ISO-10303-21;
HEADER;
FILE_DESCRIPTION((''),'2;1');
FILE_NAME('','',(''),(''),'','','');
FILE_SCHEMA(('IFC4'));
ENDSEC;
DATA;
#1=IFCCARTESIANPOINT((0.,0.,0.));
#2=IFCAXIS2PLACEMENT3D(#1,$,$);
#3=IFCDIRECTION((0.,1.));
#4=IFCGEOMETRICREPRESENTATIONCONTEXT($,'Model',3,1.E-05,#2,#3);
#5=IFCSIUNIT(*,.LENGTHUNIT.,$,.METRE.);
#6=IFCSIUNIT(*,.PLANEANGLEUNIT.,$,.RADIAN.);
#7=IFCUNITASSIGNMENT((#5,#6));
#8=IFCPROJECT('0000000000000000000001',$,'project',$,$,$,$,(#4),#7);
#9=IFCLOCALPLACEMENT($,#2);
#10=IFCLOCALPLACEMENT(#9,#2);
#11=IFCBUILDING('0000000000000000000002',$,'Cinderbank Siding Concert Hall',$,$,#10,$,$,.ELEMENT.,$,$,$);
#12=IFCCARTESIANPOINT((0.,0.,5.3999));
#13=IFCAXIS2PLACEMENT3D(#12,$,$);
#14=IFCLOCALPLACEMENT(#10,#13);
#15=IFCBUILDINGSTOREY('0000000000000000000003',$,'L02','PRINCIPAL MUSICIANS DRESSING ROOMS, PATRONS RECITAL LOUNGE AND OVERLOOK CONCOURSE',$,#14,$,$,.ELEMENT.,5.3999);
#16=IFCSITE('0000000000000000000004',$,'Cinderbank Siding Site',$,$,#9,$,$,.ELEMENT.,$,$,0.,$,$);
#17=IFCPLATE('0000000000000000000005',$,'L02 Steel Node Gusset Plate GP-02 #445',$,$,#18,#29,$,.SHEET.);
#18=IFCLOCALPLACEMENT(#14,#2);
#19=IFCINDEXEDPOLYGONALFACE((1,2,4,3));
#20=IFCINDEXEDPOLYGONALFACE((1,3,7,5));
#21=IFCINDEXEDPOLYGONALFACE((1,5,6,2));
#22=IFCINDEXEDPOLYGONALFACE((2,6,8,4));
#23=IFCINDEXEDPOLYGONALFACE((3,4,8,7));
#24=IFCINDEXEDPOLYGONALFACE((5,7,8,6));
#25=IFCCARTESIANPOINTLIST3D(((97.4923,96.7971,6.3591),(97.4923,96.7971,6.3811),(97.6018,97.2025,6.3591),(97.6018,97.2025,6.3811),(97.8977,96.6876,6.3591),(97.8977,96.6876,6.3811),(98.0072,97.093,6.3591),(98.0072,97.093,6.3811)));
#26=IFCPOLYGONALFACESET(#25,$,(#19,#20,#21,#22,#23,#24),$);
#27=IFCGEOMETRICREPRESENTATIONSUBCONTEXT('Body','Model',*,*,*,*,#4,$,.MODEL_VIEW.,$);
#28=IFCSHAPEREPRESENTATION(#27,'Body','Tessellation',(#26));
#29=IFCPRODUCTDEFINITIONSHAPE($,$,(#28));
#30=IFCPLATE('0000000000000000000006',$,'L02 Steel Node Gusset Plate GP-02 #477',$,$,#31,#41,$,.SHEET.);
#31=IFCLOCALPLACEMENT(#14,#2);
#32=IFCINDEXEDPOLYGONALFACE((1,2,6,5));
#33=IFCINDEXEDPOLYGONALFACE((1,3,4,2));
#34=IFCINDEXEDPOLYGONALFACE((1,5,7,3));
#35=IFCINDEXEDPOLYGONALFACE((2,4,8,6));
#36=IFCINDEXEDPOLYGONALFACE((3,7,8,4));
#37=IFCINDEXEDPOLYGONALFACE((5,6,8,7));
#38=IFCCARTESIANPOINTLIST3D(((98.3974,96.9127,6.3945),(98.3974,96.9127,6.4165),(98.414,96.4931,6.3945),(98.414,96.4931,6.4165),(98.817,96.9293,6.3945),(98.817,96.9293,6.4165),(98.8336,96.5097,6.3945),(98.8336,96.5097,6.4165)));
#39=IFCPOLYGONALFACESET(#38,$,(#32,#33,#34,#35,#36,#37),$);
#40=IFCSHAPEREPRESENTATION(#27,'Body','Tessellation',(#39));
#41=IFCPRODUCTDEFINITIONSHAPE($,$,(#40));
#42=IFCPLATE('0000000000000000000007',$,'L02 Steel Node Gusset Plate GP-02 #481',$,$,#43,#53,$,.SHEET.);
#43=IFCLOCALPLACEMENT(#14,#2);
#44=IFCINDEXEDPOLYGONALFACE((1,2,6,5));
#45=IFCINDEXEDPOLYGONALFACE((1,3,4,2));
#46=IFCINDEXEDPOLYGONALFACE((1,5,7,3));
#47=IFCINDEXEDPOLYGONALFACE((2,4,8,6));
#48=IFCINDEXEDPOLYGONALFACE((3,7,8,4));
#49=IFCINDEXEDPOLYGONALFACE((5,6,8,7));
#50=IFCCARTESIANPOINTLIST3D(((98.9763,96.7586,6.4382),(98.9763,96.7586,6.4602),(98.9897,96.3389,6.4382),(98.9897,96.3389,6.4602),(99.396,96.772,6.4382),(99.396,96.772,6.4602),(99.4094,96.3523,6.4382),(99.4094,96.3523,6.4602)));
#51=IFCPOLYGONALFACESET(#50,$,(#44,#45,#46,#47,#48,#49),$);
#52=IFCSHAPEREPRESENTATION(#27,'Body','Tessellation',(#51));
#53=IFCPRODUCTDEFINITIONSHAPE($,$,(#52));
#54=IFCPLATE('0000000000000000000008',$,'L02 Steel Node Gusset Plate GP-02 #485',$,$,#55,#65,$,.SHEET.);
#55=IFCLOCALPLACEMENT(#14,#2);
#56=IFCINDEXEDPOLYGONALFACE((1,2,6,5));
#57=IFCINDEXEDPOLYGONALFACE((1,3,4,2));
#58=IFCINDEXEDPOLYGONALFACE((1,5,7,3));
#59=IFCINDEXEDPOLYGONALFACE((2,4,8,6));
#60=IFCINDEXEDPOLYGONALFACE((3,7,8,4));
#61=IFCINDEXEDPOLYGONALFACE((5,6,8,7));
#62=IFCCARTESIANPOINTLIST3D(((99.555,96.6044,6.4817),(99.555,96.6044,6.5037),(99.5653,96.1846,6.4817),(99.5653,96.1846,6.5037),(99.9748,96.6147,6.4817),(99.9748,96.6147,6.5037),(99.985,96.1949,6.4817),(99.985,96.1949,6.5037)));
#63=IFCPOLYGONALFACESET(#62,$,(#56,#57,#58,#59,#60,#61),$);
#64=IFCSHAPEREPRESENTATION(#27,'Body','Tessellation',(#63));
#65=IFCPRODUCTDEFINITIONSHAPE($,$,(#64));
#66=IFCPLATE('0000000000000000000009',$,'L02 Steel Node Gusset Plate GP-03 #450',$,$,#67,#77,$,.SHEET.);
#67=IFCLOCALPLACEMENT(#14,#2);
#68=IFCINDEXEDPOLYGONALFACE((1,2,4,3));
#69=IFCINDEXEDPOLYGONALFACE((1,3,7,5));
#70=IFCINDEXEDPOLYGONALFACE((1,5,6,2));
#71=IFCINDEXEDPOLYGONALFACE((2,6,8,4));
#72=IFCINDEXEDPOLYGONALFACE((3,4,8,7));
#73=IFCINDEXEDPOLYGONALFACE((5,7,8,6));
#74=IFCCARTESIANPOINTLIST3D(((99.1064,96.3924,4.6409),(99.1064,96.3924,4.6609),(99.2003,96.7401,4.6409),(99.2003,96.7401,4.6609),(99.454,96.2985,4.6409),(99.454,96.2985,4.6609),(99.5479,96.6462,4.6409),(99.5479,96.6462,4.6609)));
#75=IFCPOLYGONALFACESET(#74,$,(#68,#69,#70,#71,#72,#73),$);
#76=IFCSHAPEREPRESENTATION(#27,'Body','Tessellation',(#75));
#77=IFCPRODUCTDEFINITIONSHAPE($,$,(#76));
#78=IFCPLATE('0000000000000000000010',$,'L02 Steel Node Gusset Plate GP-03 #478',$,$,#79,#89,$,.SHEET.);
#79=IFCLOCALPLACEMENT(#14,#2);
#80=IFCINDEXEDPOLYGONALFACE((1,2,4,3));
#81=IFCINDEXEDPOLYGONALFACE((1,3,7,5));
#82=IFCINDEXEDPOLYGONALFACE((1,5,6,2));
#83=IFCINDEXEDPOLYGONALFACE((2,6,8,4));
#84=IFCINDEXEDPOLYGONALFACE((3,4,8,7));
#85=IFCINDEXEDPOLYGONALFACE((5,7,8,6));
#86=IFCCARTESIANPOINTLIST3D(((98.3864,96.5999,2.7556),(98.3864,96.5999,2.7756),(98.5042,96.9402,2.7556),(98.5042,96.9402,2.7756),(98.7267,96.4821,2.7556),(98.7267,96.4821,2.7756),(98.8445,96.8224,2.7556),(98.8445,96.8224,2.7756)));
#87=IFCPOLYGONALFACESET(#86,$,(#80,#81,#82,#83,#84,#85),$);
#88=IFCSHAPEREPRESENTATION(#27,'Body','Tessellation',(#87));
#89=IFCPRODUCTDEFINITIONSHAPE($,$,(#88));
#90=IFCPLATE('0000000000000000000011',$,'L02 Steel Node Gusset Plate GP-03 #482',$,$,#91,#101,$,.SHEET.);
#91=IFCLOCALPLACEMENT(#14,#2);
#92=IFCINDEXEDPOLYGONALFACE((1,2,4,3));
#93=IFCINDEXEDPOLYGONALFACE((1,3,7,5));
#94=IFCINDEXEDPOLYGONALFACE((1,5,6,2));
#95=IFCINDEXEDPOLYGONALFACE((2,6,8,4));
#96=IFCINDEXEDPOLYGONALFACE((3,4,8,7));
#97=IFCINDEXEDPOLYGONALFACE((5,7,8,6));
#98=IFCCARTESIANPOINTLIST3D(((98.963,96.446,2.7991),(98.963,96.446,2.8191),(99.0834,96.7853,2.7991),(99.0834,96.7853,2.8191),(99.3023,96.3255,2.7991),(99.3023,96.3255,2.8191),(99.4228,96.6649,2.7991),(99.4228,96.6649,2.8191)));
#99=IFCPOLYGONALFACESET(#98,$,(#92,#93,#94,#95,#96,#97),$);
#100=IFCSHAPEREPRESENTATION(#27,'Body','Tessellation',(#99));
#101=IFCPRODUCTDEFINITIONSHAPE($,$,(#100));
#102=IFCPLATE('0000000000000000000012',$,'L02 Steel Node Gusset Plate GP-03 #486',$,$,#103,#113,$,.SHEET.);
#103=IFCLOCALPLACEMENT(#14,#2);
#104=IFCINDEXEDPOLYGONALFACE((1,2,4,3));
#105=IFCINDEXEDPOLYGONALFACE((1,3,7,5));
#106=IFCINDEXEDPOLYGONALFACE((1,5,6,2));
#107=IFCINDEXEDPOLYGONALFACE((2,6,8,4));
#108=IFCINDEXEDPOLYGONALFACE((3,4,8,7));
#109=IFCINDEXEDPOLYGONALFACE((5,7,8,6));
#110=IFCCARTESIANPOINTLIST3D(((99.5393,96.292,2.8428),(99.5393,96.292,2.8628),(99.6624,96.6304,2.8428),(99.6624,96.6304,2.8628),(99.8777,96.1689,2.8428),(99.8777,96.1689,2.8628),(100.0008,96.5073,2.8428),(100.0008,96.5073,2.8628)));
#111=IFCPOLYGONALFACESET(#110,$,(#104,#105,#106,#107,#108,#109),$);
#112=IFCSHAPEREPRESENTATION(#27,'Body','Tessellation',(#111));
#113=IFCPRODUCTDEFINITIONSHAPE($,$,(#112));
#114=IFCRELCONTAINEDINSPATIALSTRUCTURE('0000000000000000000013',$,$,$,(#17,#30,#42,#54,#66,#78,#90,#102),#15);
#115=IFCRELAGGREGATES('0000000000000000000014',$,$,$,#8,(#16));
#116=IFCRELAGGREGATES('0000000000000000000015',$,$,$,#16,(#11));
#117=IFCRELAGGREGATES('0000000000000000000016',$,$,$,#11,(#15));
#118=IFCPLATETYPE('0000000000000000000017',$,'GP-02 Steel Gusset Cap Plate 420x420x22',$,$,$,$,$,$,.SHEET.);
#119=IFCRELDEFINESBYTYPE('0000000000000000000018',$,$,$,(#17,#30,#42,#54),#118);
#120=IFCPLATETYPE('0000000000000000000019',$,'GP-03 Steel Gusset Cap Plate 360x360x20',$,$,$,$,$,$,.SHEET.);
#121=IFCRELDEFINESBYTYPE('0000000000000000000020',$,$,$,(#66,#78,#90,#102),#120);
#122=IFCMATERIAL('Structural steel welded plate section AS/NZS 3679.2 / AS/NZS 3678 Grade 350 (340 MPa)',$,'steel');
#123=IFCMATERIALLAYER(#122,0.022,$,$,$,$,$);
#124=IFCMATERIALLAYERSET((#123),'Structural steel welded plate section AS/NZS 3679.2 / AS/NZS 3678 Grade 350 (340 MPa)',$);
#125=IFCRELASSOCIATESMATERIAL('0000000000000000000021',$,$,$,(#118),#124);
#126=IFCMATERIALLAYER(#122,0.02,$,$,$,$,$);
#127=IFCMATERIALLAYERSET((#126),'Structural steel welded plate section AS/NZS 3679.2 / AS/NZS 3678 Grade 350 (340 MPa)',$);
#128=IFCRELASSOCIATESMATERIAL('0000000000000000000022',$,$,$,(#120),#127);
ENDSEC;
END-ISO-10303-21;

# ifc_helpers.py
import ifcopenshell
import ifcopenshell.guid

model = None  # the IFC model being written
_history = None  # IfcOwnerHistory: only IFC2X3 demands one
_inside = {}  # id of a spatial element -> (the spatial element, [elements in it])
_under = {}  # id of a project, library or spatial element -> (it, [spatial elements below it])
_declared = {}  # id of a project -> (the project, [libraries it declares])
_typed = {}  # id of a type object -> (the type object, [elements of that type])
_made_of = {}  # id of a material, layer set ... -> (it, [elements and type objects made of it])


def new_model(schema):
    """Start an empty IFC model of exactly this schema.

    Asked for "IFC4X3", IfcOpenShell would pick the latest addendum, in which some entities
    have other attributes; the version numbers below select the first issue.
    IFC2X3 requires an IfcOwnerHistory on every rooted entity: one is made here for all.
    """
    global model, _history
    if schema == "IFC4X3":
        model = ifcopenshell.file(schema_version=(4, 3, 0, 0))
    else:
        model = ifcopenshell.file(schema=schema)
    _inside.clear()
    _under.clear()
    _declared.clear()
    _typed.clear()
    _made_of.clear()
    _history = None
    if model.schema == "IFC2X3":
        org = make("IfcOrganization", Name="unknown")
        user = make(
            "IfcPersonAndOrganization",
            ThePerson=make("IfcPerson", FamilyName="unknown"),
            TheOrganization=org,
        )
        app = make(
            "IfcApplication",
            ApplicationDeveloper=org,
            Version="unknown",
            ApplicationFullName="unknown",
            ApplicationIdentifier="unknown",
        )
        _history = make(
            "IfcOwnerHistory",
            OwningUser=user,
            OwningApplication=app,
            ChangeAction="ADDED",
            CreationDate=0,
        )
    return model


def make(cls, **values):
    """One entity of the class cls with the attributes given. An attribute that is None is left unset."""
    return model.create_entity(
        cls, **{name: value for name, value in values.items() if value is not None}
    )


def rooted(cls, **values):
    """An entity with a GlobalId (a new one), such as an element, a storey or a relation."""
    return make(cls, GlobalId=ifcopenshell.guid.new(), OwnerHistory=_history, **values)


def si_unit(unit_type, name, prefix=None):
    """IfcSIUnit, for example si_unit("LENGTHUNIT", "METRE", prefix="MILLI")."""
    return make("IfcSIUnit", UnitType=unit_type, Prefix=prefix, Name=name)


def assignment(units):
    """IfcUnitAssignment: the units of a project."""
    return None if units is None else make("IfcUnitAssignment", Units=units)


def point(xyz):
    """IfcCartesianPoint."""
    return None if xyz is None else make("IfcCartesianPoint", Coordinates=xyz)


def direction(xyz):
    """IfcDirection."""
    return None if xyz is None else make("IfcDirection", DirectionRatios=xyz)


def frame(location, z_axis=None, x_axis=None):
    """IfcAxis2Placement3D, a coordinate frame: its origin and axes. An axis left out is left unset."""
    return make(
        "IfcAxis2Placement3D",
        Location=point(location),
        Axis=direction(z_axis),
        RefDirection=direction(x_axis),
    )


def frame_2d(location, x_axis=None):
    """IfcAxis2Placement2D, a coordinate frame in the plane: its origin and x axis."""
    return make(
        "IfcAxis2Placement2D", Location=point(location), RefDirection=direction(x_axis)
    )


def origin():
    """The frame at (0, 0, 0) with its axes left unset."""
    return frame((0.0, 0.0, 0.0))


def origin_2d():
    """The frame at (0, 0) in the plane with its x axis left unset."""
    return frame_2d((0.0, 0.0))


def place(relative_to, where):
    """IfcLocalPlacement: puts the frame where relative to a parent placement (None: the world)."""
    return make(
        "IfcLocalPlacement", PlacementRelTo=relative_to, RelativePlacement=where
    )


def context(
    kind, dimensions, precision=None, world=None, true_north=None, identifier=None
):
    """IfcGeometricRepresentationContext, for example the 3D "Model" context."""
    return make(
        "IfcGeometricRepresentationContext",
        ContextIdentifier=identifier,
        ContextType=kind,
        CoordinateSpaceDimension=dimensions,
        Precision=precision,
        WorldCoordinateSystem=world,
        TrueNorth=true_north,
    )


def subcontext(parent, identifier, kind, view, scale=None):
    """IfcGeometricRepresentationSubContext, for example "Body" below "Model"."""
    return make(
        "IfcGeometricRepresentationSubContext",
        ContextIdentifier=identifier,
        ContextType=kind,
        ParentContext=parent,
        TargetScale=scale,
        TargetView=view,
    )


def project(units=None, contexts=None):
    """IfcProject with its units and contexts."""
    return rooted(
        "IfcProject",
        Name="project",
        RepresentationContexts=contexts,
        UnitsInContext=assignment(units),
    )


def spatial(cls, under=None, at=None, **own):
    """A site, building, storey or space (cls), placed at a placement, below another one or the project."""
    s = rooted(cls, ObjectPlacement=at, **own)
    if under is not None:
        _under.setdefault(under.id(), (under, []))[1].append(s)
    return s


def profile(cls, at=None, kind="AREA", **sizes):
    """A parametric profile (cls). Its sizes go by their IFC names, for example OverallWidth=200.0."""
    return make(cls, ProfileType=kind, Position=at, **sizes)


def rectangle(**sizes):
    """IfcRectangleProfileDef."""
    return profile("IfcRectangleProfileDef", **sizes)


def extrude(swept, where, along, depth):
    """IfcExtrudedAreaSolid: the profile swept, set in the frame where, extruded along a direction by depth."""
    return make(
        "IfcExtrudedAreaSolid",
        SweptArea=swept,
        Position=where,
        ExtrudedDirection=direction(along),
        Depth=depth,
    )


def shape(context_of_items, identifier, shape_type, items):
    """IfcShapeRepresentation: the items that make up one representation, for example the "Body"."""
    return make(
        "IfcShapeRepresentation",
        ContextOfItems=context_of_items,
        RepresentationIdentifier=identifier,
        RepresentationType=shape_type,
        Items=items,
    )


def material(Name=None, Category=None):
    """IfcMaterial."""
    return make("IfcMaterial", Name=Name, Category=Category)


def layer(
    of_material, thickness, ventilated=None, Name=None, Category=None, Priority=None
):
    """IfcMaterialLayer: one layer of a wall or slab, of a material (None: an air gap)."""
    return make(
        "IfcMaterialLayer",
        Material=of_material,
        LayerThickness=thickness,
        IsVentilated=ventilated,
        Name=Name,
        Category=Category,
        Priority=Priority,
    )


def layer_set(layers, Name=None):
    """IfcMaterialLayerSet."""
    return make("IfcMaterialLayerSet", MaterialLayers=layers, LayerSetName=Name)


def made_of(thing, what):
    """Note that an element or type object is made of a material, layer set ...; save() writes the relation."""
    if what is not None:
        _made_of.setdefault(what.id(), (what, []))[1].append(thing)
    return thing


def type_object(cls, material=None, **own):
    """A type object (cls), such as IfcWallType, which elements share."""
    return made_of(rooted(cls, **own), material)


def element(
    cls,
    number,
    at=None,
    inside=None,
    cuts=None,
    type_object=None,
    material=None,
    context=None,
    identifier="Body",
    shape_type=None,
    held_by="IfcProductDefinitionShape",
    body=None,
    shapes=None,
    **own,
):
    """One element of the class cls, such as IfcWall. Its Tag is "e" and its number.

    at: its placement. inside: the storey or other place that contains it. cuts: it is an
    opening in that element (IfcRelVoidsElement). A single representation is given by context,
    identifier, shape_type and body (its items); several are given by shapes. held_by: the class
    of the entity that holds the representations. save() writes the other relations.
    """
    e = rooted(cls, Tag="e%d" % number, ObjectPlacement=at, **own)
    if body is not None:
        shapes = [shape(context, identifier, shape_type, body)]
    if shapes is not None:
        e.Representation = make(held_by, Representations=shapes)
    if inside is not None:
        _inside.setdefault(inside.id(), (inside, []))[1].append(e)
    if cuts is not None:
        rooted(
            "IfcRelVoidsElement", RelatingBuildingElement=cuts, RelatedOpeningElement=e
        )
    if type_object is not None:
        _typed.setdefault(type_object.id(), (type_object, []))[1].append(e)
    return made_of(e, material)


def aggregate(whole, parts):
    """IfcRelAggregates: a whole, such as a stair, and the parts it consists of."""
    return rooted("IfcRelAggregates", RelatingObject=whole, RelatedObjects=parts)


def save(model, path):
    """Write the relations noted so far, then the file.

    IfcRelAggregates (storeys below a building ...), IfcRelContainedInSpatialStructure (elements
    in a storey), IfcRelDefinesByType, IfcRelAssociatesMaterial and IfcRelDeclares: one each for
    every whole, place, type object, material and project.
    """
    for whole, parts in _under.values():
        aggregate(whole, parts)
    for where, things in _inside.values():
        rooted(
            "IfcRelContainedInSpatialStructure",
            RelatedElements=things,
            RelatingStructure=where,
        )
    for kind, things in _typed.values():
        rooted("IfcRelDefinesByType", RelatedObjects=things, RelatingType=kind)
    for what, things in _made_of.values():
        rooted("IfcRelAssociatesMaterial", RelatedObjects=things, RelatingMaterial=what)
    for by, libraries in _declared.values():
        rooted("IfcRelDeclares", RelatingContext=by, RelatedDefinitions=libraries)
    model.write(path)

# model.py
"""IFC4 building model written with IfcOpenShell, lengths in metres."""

from ifc_helpers import new_model, si_unit, direction, frame, origin, origin_2d, place, context, subcontext, project, spatial, rectangle, extrude, material, layer, layer_set, type_object, element, save


model = new_model("IFC4")

# Units and contexts
model_context = context("Model", 3, precision=1e-05, world=origin(), true_north=direction((0.0, 1.0)))
body_context = subcontext(model_context, "Body", "Model", "MODEL_VIEW")
ifc_project = project(units=[si_unit("LENGTHUNIT", "METRE"), si_unit("PLANEANGLEUNIT", "RADIAN")], contexts=[model_context])

# Site, building, storey
site_placement = place(None, origin())
site = spatial("IfcSite", under=ifc_project, at=site_placement, Name="Cinderbank Siding Site", CompositionType="ELEMENT", RefElevation=0.0)
building_placement = place(site_placement, origin())
building = spatial("IfcBuilding", under=site, at=building_placement, Name="Cinderbank Siding Concert Hall", CompositionType="ELEMENT")
storey_placement = place(building_placement, frame((0.0, 0.0, 5.3999)))
storey = spatial("IfcBuildingStorey", under=building, at=storey_placement, Name="L02", Description="PRINCIPAL MUSICIANS DRESSING ROOMS, PATRONS RECITAL LOUNGE AND OVERLOOK CONCOURSE", CompositionType="ELEMENT", Elevation=5.3999)

# Plates
ifc_material_1 = material(Name="Structural steel welded plate section AS/NZS 3679.2 / AS/NZS 3678 Grade 350 (340 MPa)", Category="steel")
ifc_layer_1 = layer(ifc_material_1, 0.022)
ifc_layer_set_1 = layer_set([ifc_layer_1], Name="Structural steel welded plate section AS/NZS 3679.2 / AS/NZS 3678 Grade 350 (340 MPa)")
plate_type_1 = type_object("IfcPlateType", Name="GP-02 Steel Gusset Cap Plate 420x420x22", PredefinedType="SHEET", material=ifc_layer_set_1)
for number, where, z_axis, x_axis, name in (
    (1, (97.7498, 96.9451, 6.3591), (0.0, 0.0, 1.0), (0.965427, -0.260673, 0.0), "L02 Steel Node Gusset Plate GP-02 #445"),
    (2, (98.6155, 96.7112, 6.3945), (0.0, 0.0, 1.0), (0.039434, -0.999222, 0.0), "L02 Steel Node Gusset Plate GP-02 #477"),
    (3, (99.1929, 96.5554, 6.4382), (0.0, 0.0, 1.0), (0.031934, -0.99949, 0.0), "L02 Steel Node Gusset Plate GP-02 #481"),
    (4, (99.77, 96.3997, 6.4817), (0.0, 0.0, 1.0), (0.024432, -0.999701, 0.0), "L02 Steel Node Gusset Plate GP-02 #485"),
):
    element("IfcPlate", number, at=place(storey_placement, frame(where, z_axis=z_axis, x_axis=x_axis)), inside=storey, type_object=plate_type_1, Name=name, PredefinedType="SHEET", context=body_context, shape_type="SweptSolid", body=[
        extrude(rectangle(XDim=0.4199, YDim=0.4199, at=origin_2d()), origin(), (0.0, 0.0, 1.0), 0.022),
    ])
ifc_layer_2 = layer(ifc_material_1, 0.02)
ifc_layer_set_2 = layer_set([ifc_layer_2], Name="Structural steel welded plate section AS/NZS 3679.2 / AS/NZS 3678 Grade 350 (340 MPa)")
plate_type_2 = type_object("IfcPlateType", Name="GP-03 Steel Gusset Cap Plate 360x360x20", PredefinedType="SHEET", material=ifc_layer_set_2)
for number, where, z_axis, x_axis, name in (
    (5, (99.3271, 96.5193, 4.6409), (0.0, 0.0, 1.0), (0.965427, -0.260673, 0.0), "L02 Steel Node Gusset Plate GP-03 #450"),
    (6, (98.6155, 96.7112, 2.7556), (0.0, 0.0, 1.0), (0.327053, 0.945006, 0.0), "L02 Steel Node Gusset Plate GP-03 #478"),
    (7, (99.1929, 96.5554, 2.7991), (0.0, 0.0, 1.0), (0.334465, 0.942408, 0.0), "L02 Steel Node Gusset Plate GP-03 #482"),
    (8, (99.77, 96.3997, 2.8428), (0.0, 0.0, 1.0), (0.341856, 0.939752, 0.0), "L02 Steel Node Gusset Plate GP-03 #486"),
):
    element("IfcPlate", number, at=place(storey_placement, frame(where, z_axis=z_axis, x_axis=x_axis)), inside=storey, type_object=plate_type_2, Name=name, PredefinedType="SHEET", context=body_context, shape_type="SweptSolid", body=[
        extrude(rectangle(XDim=0.3601, YDim=0.3601, at=origin_2d()), origin(), (0.0, 0.0, 1.0), 0.02),
    ])

save(model, "model.ifc")
